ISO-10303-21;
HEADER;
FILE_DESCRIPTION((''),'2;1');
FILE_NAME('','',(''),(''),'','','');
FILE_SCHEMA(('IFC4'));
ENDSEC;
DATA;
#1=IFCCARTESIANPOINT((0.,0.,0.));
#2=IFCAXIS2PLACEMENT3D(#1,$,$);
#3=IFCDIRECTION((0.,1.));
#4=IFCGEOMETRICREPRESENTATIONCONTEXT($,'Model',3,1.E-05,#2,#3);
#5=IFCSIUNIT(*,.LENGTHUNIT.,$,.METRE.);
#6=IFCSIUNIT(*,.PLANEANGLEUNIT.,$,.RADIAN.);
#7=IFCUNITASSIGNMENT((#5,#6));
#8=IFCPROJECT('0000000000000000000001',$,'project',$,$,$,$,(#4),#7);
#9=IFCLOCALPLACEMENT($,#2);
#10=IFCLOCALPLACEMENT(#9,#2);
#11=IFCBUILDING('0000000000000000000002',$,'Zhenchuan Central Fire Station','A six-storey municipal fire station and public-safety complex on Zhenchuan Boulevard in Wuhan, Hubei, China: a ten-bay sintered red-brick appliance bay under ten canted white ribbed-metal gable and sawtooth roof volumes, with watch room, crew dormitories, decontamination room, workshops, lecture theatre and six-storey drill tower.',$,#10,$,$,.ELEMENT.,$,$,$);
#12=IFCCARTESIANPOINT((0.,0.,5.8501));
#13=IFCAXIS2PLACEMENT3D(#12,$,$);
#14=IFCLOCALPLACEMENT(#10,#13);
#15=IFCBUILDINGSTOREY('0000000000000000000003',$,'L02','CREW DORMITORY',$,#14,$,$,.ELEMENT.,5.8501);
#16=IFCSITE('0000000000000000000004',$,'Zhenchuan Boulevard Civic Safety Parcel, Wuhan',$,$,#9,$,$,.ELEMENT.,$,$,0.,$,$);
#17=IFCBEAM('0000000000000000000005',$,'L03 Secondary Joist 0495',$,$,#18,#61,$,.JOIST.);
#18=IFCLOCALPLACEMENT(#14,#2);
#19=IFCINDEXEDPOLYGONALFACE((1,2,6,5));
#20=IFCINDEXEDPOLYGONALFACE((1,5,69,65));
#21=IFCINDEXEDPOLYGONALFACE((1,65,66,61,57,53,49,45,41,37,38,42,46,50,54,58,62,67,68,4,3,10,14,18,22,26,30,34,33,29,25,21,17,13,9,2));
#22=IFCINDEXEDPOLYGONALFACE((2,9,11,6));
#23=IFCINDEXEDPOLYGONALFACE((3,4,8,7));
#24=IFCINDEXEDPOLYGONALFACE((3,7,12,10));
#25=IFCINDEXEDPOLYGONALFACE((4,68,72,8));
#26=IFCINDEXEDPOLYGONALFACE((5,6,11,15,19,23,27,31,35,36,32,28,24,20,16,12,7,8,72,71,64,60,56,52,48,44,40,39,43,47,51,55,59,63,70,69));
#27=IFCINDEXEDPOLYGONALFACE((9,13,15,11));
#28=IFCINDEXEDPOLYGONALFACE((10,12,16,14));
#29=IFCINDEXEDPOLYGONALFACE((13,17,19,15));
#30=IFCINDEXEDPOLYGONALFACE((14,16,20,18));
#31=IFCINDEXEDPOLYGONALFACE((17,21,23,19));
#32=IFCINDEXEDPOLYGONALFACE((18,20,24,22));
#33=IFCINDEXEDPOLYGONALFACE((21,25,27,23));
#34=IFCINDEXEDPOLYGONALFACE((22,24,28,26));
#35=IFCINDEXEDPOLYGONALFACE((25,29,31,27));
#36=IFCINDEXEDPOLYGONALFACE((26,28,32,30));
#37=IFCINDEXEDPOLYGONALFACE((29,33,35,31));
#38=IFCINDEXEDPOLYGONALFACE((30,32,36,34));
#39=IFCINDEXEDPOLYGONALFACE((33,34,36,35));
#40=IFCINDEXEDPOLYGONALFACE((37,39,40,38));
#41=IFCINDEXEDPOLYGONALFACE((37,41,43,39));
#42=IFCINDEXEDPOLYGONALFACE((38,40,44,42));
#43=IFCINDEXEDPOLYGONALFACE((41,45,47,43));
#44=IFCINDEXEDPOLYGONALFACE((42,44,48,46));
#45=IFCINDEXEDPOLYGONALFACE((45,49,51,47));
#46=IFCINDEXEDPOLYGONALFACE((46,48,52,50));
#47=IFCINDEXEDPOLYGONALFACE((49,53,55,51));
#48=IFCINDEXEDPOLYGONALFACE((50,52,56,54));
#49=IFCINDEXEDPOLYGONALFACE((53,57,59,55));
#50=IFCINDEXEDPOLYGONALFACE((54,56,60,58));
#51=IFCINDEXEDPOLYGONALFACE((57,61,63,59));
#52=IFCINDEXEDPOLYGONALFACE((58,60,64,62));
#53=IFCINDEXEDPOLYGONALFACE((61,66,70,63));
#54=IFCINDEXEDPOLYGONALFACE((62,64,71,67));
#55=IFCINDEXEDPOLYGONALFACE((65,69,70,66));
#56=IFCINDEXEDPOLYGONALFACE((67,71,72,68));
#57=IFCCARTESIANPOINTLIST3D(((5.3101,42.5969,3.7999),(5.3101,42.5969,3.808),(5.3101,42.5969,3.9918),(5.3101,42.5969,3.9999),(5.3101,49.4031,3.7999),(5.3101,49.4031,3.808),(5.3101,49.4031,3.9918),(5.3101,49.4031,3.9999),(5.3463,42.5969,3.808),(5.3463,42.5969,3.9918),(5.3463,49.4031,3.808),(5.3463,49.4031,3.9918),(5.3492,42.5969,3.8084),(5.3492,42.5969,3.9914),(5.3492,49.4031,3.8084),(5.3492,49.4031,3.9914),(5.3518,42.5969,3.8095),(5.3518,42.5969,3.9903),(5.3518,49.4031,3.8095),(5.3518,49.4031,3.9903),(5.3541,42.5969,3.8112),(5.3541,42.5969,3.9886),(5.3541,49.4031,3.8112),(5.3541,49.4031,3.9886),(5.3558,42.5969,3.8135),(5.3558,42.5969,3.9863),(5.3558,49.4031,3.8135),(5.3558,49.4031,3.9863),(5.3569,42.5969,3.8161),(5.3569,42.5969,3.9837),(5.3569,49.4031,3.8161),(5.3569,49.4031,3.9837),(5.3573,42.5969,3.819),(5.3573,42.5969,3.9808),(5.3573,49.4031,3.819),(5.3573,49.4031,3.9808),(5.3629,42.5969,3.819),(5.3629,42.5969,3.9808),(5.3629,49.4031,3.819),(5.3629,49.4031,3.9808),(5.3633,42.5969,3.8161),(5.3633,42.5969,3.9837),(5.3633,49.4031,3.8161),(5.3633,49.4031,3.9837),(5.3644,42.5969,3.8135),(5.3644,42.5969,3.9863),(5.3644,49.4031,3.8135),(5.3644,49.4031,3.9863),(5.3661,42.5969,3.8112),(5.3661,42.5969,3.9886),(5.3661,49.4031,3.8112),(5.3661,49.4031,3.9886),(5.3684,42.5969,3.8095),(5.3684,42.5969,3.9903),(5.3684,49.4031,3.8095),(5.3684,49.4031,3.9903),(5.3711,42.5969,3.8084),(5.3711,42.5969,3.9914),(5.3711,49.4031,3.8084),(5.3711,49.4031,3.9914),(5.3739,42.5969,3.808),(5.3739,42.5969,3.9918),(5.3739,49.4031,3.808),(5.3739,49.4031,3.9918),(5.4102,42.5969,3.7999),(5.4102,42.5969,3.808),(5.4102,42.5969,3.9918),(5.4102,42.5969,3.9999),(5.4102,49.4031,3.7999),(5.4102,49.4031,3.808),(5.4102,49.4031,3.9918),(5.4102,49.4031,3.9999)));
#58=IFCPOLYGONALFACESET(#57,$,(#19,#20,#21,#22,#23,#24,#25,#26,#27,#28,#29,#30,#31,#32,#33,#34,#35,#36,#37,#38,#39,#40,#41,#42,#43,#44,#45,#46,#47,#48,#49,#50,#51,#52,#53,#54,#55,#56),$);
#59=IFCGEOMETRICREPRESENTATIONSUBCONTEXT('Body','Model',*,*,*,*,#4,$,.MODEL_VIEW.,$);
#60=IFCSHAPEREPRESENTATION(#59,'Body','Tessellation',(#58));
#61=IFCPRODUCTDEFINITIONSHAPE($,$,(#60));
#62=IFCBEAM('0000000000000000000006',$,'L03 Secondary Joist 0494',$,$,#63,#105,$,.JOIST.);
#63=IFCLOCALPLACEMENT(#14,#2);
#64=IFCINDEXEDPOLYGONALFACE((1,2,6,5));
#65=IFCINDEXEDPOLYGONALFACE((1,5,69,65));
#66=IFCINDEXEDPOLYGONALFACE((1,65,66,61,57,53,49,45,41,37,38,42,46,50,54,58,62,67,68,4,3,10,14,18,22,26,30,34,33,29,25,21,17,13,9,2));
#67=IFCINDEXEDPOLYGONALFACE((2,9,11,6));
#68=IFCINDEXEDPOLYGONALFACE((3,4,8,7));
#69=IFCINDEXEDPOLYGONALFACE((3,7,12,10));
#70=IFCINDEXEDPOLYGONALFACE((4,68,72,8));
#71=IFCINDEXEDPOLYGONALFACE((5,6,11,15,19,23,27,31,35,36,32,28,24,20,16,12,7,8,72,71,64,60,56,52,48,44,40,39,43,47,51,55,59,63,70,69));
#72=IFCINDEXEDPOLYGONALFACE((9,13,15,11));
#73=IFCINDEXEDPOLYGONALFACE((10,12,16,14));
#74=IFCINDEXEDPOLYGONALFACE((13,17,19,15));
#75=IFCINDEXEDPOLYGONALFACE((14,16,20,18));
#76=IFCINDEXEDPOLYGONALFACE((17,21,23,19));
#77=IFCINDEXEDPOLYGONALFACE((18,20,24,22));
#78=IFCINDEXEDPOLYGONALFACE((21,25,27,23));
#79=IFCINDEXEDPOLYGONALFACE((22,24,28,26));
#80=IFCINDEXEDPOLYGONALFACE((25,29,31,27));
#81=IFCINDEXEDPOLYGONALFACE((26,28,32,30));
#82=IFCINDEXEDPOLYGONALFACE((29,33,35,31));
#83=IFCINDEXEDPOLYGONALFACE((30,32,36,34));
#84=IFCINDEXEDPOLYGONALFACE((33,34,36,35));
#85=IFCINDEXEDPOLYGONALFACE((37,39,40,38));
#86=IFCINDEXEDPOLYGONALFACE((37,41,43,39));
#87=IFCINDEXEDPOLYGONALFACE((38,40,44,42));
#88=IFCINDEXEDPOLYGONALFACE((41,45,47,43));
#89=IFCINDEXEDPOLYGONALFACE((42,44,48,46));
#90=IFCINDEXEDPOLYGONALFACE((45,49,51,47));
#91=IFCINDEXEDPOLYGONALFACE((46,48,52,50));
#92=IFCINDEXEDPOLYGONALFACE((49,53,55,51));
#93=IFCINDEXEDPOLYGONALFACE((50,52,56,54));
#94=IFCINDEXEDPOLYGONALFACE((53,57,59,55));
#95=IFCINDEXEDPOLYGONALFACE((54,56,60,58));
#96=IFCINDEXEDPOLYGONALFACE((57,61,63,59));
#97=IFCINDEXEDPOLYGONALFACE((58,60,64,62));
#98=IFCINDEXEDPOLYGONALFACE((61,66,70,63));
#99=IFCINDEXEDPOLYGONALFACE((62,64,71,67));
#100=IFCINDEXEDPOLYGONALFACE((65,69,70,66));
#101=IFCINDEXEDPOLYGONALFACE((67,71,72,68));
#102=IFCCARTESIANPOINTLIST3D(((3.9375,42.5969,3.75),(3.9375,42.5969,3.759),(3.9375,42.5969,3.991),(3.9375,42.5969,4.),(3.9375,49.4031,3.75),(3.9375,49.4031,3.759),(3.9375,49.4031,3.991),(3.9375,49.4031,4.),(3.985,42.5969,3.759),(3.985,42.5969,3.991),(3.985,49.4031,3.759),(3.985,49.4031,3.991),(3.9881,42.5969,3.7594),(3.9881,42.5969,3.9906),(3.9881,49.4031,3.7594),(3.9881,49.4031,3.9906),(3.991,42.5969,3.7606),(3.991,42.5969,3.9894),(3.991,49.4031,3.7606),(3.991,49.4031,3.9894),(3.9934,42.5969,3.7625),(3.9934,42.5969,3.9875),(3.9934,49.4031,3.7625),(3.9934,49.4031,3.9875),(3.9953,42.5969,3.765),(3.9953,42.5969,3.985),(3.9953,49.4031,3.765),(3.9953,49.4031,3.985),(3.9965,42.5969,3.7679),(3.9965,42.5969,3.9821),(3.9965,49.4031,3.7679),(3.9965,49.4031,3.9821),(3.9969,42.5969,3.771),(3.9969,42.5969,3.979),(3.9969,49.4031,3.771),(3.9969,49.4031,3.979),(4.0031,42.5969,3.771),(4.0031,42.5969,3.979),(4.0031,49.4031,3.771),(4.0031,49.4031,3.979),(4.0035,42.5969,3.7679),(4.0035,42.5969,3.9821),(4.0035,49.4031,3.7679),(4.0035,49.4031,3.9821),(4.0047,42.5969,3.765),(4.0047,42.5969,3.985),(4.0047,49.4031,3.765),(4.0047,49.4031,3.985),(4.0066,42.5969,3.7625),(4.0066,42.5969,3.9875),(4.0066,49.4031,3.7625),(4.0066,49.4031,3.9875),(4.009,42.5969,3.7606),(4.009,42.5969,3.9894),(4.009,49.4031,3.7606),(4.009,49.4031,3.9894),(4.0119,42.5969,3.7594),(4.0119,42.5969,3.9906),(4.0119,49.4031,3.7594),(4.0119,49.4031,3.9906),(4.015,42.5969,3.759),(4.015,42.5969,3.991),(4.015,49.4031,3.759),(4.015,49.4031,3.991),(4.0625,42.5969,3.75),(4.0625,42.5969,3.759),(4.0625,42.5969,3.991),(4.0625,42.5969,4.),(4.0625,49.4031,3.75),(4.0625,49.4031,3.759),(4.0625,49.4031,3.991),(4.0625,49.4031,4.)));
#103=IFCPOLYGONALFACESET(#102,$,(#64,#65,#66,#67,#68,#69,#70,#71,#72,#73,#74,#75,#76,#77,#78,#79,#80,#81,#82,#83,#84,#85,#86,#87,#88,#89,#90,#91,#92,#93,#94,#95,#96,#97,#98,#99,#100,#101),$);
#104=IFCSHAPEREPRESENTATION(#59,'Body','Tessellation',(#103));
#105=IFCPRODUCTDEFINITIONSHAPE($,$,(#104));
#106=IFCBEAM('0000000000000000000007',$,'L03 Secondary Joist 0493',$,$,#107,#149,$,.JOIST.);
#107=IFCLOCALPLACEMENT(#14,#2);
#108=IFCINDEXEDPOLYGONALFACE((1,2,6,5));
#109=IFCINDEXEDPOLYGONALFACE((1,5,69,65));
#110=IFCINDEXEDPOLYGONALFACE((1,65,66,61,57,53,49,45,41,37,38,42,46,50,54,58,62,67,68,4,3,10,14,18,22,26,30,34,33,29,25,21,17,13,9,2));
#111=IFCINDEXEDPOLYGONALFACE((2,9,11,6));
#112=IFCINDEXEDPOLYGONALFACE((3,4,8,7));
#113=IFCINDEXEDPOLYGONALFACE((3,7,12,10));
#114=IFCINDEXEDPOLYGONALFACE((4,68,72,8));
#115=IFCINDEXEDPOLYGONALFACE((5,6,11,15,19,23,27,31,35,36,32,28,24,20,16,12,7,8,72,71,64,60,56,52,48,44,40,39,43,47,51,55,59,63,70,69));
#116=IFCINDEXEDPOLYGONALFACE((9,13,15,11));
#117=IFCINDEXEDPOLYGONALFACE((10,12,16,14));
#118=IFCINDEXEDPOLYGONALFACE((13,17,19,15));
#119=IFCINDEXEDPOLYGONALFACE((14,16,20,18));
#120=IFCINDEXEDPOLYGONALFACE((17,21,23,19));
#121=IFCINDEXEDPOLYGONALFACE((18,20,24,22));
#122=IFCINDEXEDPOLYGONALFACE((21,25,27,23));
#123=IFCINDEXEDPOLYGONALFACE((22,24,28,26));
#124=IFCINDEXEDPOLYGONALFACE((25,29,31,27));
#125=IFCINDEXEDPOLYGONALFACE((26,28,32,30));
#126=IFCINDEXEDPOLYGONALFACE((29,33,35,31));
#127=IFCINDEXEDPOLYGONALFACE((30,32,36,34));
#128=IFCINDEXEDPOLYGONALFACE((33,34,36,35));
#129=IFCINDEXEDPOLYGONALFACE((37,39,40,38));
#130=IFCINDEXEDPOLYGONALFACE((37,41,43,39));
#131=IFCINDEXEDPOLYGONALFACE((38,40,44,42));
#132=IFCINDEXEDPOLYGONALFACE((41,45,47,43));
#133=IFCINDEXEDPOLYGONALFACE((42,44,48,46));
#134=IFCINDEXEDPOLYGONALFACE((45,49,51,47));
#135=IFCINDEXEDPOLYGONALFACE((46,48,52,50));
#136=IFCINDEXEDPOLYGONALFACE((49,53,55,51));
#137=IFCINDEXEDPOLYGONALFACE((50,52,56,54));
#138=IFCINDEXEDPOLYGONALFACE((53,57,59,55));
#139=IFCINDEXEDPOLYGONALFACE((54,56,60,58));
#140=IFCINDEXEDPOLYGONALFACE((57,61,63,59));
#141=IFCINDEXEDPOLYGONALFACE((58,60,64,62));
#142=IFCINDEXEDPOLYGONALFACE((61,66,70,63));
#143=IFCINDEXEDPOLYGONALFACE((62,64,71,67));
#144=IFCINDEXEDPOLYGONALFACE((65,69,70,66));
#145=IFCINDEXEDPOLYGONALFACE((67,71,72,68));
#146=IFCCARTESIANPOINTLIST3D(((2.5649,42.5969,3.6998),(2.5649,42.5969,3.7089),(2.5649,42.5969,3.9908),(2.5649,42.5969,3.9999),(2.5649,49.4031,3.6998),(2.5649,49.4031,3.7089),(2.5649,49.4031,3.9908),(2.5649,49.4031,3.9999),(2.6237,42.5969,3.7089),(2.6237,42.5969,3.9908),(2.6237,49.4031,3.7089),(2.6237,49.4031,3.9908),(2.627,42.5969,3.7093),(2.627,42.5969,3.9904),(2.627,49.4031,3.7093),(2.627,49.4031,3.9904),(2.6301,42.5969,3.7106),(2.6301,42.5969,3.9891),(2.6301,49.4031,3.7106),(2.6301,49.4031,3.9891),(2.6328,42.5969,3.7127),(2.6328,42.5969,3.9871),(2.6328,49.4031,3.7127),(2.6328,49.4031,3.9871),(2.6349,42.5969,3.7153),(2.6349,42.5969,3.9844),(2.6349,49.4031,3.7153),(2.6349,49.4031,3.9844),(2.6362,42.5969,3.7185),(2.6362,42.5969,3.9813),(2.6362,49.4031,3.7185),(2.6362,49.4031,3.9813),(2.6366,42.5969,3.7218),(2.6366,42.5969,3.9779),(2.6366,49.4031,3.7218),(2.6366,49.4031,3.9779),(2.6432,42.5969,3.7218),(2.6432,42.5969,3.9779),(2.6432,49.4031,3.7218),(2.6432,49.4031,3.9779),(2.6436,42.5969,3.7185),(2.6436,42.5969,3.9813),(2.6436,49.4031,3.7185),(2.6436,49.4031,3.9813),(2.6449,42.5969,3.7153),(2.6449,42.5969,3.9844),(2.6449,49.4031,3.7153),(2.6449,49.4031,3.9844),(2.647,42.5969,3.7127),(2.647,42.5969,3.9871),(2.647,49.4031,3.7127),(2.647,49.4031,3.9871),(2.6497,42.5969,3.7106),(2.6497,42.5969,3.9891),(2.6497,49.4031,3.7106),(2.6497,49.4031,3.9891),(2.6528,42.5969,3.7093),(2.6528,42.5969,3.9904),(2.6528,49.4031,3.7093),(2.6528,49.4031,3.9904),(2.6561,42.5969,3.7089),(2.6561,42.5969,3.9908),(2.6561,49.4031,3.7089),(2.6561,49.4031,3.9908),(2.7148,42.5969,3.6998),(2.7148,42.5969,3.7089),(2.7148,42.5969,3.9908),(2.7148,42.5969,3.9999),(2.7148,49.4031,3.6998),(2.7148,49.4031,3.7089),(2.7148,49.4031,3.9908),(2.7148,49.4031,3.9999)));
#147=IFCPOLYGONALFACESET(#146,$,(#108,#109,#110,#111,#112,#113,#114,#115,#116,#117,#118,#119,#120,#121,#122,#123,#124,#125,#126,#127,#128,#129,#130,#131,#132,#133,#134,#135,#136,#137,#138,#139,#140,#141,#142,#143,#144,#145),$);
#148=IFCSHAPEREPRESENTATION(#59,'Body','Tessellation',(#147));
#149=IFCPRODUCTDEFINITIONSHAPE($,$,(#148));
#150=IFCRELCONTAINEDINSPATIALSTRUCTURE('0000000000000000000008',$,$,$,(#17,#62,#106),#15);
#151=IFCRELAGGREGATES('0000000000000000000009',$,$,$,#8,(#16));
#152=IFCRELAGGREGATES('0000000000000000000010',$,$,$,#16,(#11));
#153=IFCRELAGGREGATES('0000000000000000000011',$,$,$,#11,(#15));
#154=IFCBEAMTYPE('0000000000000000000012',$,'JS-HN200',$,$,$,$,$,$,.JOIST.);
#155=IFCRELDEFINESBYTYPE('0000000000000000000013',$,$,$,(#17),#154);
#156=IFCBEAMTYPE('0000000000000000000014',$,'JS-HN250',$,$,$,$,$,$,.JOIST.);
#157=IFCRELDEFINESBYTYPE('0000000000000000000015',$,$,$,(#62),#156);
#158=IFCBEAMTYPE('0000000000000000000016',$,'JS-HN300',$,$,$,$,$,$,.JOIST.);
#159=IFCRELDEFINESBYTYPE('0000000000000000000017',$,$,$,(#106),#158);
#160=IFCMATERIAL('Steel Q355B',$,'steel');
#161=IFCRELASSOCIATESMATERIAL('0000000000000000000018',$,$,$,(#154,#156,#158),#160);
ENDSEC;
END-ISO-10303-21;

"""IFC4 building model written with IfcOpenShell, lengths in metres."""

from ifc_helpers import new_model, si_unit, direction, frame, origin, origin_2d, place, context, subcontext, project, spatial, i_section, extrude, material, material_profile, profile_set, type_object, element, save


model = new_model("IFC4")

# Units and contexts
model_context = context("Model", 3, precision=1e-05, world=origin(), true_north=direction((0.0, 1.0)))
body_context = subcontext(model_context, "Body", "Model", "MODEL_VIEW")
ifc_project = project(units=[si_unit("LENGTHUNIT", "METRE"), si_unit("PLANEANGLEUNIT", "RADIAN")], contexts=[model_context])

# Site, building, storey
site_placement = place(None, origin())
site = spatial("IfcSite", under=ifc_project, at=site_placement, Name="Zhenchuan Boulevard Civic Safety Parcel, Wuhan", CompositionType="ELEMENT", RefElevation=0.0)
building_placement = place(site_placement, origin())
building = spatial("IfcBuilding", under=site, at=building_placement, Name="Zhenchuan Central Fire Station", Description="A six-storey municipal fire station and public-safety complex on Zhenchuan Boulevard in Wuhan, Hubei, China: a ten-bay sintered red-brick appliance bay under ten canted white ribbed-metal gable and sawtooth roof volumes, with watch room, crew dormitories, decontamination room, workshops, lecture theatre and six-storey drill tower.", CompositionType="ELEMENT")
storey_placement = place(building_placement, frame((0.0, 0.0, 5.8501)))
storey = spatial("IfcBuildingStorey", under=building, at=storey_placement, Name="L02", Description="CREW DORMITORY", CompositionType="ELEMENT", Elevation=5.8501)

# Shared definitions
ifc_material_1 = material(Name="Steel Q355B", Category="steel")

# Beams
ifc_material_profile_1 = material_profile(ifc_material_1, i_section(OverallWidth=0.1001, OverallDepth=0.2, WebThickness=0.0056, FlangeThickness=0.0081, FilletRadius=0.011, at=origin_2d()), Name="HN 200x100")
ifc_profile_set_1 = profile_set([ifc_material_profile_1], Name="Steel Q355B")
beam_type_1 = type_object("IfcBeamType", Name="JS-HN200", PredefinedType="JOIST", material=ifc_profile_set_1)
beam_1_placement = place(storey_placement, frame((5.3601, 42.5969, 3.8999), z_axis=(0.0, 1.0, 0.0), x_axis=(-1.0, 0.0, 0.0)))
element("IfcBeam", 1, at=beam_1_placement, inside=storey, type_object=beam_type_1, Name="L03 Secondary Joist 0495", PredefinedType="JOIST", context=body_context, shape_type="SweptSolid", body=[
    extrude(i_section(OverallWidth=0.1001, OverallDepth=0.2, WebThickness=0.0056, FlangeThickness=0.0081, FilletRadius=0.011, at=origin_2d()), origin(), (0.0, 0.0, 1.0), 6.8062),
])
ifc_material_profile_2 = material_profile(ifc_material_1, i_section(OverallWidth=0.125, OverallDepth=0.25, WebThickness=0.0061, FlangeThickness=0.009, FilletRadius=0.012, at=origin_2d()), Name="HN 250x125")
ifc_profile_set_2 = profile_set([ifc_material_profile_2], Name="Steel Q355B")
beam_type_2 = type_object("IfcBeamType", Name="JS-HN250", PredefinedType="JOIST", material=ifc_profile_set_2)
beam_2_placement = place(storey_placement, frame((4.0, 42.5969, 3.875), z_axis=(0.0, 1.0, 0.0), x_axis=(-1.0, 0.0, 0.0)))
element("IfcBeam", 2, at=beam_2_placement, inside=storey, type_object=beam_type_2, Name="L03 Secondary Joist 0494", PredefinedType="JOIST", context=body_context, shape_type="SweptSolid", body=[
    extrude(i_section(OverallWidth=0.125, OverallDepth=0.25, WebThickness=0.0061, FlangeThickness=0.009, FilletRadius=0.012, at=origin_2d()), origin(), (0.0, 0.0, 1.0), 6.8062),
])
ifc_material_profile_3 = material_profile(ifc_material_1, i_section(OverallWidth=0.1499, OverallDepth=0.3, WebThickness=0.0066, FlangeThickness=0.009, FilletRadius=0.0129, at=origin_2d()), Name="HN 300x150")
ifc_profile_set_3 = profile_set([ifc_material_profile_3], Name="Steel Q355B")
beam_type_3 = type_object("IfcBeamType", Name="JS-HN300", PredefinedType="JOIST", material=ifc_profile_set_3)
beam_3_placement = place(storey_placement, frame((2.6399, 42.5969, 3.8499), z_axis=(0.0, 1.0, 0.0), x_axis=(-1.0, 0.0, 0.0)))
element("IfcBeam", 3, at=beam_3_placement, inside=storey, type_object=beam_type_3, Name="L03 Secondary Joist 0493", PredefinedType="JOIST", context=body_context, shape_type="SweptSolid", body=[
    extrude(i_section(OverallWidth=0.1499, OverallDepth=0.3, WebThickness=0.0066, FlangeThickness=0.009, FilletRadius=0.0129, at=origin_2d()), origin(), (0.0, 0.0, 1.0), 6.8062),
])

save(model, "model.ifc")
